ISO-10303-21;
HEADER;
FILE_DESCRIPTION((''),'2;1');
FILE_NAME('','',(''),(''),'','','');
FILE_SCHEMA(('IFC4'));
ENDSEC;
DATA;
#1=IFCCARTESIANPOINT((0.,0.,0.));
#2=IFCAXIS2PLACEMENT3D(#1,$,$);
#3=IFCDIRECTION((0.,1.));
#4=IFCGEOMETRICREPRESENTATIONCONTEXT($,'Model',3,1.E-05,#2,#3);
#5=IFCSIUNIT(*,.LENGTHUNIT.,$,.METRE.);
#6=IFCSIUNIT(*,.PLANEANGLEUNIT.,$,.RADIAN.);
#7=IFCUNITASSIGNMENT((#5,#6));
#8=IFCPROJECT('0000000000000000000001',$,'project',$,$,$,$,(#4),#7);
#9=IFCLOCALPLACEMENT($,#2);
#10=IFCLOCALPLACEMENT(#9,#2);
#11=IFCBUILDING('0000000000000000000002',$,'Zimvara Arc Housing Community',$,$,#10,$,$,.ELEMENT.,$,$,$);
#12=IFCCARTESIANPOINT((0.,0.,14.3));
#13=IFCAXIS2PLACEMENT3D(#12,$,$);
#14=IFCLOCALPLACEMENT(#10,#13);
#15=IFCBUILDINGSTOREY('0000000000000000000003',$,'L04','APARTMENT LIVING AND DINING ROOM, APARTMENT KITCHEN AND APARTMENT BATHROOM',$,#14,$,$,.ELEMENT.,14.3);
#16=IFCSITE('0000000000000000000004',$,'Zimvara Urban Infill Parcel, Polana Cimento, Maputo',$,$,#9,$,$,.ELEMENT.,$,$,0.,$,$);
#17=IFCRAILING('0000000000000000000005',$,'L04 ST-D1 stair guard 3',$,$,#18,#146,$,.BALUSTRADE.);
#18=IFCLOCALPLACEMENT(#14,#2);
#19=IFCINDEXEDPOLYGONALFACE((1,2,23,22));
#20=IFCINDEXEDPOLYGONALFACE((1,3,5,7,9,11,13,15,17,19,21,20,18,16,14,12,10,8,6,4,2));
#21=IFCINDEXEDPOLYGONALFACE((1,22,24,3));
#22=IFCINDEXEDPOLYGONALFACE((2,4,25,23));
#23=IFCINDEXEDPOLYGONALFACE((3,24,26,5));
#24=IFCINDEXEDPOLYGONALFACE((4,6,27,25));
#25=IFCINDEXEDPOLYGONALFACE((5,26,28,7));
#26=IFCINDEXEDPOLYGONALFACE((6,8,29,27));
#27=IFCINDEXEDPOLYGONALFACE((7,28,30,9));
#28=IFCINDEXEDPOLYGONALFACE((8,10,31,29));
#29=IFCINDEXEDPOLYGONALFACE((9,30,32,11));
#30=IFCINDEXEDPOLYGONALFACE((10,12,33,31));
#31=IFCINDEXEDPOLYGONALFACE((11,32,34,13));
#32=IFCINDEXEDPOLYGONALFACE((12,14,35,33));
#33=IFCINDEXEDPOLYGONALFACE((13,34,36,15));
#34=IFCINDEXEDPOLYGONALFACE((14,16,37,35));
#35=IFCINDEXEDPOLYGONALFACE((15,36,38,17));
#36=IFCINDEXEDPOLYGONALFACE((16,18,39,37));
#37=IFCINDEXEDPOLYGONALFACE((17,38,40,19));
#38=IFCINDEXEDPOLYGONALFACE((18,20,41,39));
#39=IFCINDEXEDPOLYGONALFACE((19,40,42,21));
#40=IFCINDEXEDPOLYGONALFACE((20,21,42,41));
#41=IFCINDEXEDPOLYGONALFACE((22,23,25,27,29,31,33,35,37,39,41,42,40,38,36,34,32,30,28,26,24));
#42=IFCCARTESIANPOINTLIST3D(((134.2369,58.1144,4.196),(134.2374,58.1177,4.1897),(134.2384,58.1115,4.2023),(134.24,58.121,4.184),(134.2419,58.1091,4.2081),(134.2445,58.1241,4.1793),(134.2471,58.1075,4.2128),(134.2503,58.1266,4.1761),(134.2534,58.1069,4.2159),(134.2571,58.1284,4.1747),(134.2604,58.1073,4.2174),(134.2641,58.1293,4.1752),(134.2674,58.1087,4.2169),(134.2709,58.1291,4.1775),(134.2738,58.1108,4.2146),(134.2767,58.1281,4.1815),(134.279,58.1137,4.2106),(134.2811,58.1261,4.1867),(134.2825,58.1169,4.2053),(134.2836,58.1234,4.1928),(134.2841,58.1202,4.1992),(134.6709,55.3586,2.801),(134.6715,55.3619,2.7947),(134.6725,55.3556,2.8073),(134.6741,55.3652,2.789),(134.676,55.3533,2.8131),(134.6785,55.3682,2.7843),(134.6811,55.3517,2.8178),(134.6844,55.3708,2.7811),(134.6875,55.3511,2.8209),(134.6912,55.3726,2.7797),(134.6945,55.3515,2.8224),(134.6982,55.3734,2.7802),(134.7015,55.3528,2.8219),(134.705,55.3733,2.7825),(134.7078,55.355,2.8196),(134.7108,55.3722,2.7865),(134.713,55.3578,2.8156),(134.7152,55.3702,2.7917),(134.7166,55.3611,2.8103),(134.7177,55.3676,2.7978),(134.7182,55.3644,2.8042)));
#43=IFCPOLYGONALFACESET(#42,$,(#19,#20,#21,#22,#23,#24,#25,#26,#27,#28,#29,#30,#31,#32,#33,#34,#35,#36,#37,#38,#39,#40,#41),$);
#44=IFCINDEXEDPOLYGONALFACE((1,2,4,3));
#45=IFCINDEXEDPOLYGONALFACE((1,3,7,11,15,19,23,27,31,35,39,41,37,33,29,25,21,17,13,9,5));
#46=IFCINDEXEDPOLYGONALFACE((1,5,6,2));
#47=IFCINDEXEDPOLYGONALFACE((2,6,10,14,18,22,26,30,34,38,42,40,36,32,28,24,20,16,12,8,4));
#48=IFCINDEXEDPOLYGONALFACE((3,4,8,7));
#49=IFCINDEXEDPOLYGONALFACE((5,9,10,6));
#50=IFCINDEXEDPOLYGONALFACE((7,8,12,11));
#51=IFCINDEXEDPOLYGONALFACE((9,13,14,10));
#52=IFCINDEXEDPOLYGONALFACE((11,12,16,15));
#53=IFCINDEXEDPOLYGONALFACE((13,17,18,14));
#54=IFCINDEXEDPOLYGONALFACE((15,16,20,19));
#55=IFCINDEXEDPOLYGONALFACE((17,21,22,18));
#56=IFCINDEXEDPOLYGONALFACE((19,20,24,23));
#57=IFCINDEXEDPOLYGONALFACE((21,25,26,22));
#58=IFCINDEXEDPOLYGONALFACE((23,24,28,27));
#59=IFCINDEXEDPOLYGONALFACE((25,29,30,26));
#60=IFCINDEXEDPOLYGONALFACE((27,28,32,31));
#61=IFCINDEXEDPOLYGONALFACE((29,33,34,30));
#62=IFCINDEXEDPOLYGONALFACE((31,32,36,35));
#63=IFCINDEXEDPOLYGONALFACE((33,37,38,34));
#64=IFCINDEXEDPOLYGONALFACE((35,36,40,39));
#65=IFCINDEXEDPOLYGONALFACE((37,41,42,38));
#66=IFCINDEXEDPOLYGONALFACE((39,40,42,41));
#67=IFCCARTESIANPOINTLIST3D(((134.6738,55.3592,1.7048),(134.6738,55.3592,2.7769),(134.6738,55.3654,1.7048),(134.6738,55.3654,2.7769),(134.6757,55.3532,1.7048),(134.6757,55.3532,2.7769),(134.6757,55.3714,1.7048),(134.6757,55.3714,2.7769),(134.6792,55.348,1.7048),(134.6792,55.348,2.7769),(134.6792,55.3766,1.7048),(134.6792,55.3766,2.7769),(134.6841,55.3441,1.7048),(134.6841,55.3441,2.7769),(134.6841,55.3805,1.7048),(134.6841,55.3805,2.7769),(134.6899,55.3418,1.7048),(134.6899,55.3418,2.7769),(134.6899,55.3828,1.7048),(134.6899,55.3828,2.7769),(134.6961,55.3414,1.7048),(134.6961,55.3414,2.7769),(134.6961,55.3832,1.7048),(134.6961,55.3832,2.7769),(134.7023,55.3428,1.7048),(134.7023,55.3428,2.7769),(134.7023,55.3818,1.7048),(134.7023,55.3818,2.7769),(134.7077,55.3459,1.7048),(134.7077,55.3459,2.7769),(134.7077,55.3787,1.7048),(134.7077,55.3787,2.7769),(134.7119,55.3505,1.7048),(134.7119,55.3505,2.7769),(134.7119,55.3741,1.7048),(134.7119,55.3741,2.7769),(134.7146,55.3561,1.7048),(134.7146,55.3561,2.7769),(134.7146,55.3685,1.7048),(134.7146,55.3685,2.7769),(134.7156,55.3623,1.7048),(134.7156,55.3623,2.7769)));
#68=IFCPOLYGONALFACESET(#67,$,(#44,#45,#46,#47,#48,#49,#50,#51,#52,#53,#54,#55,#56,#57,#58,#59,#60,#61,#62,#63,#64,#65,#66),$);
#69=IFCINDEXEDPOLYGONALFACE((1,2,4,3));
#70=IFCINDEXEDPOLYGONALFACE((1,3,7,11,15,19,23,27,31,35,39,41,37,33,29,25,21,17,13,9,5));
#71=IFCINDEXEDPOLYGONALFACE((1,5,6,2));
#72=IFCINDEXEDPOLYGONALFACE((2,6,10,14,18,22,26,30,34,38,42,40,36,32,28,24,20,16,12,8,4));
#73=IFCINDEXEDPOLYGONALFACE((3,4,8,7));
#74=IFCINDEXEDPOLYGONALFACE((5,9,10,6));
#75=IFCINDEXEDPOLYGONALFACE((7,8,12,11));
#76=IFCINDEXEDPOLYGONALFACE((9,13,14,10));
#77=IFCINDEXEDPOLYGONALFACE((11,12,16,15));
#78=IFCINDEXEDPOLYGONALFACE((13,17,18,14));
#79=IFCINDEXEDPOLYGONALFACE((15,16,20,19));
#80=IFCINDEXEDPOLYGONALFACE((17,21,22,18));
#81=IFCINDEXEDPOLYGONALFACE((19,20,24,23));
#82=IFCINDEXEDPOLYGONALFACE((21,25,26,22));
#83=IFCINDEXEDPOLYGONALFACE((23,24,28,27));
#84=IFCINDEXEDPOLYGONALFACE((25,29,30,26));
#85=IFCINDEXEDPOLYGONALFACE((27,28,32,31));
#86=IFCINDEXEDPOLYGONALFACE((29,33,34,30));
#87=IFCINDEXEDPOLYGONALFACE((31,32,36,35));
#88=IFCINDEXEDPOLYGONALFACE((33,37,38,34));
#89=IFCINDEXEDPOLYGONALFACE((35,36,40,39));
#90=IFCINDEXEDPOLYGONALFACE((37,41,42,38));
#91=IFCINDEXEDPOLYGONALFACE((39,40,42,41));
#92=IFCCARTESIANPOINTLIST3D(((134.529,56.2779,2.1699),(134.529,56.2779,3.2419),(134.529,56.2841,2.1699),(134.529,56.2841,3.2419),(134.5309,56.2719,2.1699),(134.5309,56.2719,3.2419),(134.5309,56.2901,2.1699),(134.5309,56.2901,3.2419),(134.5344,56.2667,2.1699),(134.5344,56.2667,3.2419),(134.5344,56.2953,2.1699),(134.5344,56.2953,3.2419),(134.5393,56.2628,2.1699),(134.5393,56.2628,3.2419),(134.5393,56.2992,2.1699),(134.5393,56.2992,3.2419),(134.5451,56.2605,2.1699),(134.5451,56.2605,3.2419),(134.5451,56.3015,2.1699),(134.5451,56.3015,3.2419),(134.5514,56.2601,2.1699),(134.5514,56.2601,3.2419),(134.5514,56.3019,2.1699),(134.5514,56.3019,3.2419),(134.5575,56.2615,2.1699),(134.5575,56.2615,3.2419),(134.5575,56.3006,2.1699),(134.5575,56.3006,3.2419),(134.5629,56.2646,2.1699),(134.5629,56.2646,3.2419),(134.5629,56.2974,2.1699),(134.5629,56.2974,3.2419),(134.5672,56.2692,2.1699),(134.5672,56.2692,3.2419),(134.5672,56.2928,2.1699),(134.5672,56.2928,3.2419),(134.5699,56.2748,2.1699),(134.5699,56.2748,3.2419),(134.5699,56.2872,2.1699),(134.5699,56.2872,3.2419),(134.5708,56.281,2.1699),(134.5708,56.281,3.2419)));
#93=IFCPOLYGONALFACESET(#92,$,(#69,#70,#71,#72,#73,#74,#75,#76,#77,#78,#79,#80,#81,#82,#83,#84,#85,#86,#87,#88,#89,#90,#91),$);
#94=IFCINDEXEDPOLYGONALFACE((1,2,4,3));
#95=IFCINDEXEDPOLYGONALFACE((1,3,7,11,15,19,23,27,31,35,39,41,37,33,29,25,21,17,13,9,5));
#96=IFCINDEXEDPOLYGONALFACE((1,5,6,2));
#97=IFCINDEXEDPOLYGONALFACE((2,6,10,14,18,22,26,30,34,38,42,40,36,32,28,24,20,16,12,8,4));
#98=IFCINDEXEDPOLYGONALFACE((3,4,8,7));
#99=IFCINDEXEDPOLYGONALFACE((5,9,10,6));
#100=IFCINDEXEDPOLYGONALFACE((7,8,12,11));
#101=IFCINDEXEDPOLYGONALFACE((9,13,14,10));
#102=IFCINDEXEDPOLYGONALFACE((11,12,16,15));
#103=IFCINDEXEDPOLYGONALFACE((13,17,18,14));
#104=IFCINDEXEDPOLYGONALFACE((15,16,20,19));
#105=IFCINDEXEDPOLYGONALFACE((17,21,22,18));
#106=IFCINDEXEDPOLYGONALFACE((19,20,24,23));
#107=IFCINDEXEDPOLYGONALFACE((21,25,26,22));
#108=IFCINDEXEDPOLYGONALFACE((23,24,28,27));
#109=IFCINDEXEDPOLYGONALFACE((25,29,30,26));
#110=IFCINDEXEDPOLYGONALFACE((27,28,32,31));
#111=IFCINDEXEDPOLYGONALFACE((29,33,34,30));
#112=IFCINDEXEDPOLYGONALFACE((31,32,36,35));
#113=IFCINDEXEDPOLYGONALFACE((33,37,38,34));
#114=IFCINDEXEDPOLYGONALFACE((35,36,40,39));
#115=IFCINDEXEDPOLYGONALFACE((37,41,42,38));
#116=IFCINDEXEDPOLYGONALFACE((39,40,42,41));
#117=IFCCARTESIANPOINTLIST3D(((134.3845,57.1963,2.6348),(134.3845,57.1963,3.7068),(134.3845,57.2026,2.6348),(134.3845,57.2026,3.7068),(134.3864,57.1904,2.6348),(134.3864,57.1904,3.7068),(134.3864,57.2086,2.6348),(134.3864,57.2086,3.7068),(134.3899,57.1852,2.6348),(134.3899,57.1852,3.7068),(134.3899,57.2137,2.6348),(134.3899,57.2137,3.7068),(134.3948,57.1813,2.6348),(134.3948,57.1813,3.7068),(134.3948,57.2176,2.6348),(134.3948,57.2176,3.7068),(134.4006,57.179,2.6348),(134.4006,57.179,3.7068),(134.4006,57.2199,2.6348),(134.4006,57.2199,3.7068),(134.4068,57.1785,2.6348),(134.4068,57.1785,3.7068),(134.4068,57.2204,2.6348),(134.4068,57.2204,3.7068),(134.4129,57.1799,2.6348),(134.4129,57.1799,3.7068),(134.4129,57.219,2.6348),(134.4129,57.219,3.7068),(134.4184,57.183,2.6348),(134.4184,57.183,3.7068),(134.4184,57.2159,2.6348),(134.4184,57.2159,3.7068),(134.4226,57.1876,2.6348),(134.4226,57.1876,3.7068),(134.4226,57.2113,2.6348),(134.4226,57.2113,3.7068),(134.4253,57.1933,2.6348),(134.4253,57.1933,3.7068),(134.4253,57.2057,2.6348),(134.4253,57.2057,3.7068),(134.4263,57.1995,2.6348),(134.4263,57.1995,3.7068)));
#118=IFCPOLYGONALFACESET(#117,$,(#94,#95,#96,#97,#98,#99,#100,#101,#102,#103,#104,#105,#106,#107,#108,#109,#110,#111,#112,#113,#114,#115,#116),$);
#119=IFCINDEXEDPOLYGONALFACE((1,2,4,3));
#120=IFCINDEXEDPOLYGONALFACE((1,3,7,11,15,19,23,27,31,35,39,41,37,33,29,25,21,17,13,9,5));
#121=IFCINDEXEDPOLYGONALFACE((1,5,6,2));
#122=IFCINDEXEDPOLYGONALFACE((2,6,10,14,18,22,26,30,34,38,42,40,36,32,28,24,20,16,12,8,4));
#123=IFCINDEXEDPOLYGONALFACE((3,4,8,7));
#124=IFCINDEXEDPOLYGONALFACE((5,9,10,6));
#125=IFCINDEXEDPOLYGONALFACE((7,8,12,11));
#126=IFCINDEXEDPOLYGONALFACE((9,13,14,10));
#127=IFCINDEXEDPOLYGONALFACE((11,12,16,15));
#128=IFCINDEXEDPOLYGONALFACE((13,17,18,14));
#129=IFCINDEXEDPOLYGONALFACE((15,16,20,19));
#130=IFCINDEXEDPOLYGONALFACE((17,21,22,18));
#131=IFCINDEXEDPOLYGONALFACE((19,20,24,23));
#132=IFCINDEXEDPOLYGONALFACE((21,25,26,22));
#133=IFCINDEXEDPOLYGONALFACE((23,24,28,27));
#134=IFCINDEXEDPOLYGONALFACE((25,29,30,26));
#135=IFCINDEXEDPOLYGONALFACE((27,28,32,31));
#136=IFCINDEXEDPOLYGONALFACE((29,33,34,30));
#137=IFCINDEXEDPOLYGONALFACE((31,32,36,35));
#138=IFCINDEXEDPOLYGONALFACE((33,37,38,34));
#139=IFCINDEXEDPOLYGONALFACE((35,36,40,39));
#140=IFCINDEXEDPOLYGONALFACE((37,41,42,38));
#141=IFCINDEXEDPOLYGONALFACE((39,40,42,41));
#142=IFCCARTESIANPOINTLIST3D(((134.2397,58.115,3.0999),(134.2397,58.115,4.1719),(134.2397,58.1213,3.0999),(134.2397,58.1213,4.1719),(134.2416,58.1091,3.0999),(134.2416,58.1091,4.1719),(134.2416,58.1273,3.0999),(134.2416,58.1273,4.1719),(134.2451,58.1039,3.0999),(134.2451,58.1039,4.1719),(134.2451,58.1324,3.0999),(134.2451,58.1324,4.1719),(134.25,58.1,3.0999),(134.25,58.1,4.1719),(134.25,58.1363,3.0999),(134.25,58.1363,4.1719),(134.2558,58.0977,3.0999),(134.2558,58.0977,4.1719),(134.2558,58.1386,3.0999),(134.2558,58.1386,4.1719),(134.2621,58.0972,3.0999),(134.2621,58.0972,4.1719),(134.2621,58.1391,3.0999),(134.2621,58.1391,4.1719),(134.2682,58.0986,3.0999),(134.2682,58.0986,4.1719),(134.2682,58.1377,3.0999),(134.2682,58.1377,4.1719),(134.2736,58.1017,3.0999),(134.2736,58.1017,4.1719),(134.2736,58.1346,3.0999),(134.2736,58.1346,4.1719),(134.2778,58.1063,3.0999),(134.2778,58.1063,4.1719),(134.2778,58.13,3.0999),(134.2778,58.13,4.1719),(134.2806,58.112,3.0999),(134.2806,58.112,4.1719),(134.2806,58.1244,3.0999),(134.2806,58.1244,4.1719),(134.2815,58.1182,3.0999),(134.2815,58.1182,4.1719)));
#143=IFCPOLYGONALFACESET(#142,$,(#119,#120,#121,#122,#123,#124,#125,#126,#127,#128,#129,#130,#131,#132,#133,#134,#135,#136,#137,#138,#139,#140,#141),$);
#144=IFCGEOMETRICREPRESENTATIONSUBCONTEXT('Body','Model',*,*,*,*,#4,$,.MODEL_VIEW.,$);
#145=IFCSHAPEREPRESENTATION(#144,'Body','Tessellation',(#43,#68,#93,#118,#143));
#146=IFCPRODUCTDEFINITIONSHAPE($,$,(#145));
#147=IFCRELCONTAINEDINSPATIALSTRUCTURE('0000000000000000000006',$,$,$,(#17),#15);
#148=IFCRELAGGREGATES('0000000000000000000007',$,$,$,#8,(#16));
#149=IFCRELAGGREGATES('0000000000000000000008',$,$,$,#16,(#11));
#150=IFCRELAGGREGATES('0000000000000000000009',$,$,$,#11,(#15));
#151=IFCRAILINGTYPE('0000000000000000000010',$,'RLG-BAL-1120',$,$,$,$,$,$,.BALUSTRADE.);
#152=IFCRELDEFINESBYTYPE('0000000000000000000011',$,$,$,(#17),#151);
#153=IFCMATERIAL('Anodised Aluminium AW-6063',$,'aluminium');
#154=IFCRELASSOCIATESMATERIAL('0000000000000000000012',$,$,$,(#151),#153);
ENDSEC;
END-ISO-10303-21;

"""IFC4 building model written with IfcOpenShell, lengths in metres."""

from ifc_helpers import new_model, si_unit, direction, frame, origin, origin_2d, place, context, subcontext, project, spatial, circle, extrude, material, type_object, element, save


model = new_model("IFC4")

# Units and contexts
model_context = context("Model", 3, precision=1e-05, world=origin(), true_north=direction((0.0, 1.0)))
body_context = subcontext(model_context, "Body", "Model", "MODEL_VIEW")
ifc_project = project(units=[si_unit("LENGTHUNIT", "METRE"), si_unit("PLANEANGLEUNIT", "RADIAN")], contexts=[model_context])

# Site, building, storey
site_placement = place(None, origin())
site = spatial("IfcSite", under=ifc_project, at=site_placement, Name="Zimvara Urban Infill Parcel, Polana Cimento, Maputo", CompositionType="ELEMENT", RefElevation=0.0)
building_placement = place(site_placement, origin())
building = spatial("IfcBuilding", under=site, at=building_placement, Name="Zimvara Arc Housing Community", CompositionType="ELEMENT")
storey_placement = place(building_placement, frame((0.0, 0.0, 14.3)))
storey = spatial("IfcBuildingStorey", under=building, at=storey_placement, Name="L04", Description="APARTMENT LIVING AND DINING ROOM, APARTMENT KITCHEN AND APARTMENT BATHROOM", CompositionType="ELEMENT", Elevation=14.3)

# Railing
ifc_material_1 = material(Name="Anodised Aluminium AW-6063", Category="aluminium")
railing_type_1 = type_object("IfcRailingType", Name="RLG-BAL-1120", PredefinedType="BALUSTRADE", material=ifc_material_1)
railing_1_placement = place(storey_placement, frame((134.6946, 55.3623, 1.7048)))
element("IfcRailing", 1, at=railing_1_placement, inside=storey, type_object=railing_type_1, Name="L04 ST-D1 stair guard 3", PredefinedType="BALUSTRADE", context=body_context, shape_type="SweptSolid", body=[
    extrude(circle(Radius=0.0239, at=origin_2d()), frame((0.0, 0.0, 1.0962), z_axis=(-0.139166, 0.883521, 0.44724), x_axis=(-0.987821, -0.155594, 0.0)), (0.0, 0.0, 1.0), 3.1191),
    extrude(circle(Radius=0.021, at=origin_2d()), origin(), (0.0, 0.0, 1.0), 1.072),
    extrude(circle(Radius=0.021, at=origin_2d()), frame((-0.1448, 0.9187, 0.4651)), (0.0, 0.0, 1.0), 1.072),
    extrude(circle(Radius=0.021, at=origin_2d()), frame((-0.2893, 1.8372, 0.9299)), (0.0, 0.0, 1.0), 1.072),
    extrude(circle(Radius=0.021, at=origin_2d()), frame((-0.4341, 2.7559, 1.395)), (0.0, 0.0, 1.0), 1.072),
])

save(model, "model.ifc")
